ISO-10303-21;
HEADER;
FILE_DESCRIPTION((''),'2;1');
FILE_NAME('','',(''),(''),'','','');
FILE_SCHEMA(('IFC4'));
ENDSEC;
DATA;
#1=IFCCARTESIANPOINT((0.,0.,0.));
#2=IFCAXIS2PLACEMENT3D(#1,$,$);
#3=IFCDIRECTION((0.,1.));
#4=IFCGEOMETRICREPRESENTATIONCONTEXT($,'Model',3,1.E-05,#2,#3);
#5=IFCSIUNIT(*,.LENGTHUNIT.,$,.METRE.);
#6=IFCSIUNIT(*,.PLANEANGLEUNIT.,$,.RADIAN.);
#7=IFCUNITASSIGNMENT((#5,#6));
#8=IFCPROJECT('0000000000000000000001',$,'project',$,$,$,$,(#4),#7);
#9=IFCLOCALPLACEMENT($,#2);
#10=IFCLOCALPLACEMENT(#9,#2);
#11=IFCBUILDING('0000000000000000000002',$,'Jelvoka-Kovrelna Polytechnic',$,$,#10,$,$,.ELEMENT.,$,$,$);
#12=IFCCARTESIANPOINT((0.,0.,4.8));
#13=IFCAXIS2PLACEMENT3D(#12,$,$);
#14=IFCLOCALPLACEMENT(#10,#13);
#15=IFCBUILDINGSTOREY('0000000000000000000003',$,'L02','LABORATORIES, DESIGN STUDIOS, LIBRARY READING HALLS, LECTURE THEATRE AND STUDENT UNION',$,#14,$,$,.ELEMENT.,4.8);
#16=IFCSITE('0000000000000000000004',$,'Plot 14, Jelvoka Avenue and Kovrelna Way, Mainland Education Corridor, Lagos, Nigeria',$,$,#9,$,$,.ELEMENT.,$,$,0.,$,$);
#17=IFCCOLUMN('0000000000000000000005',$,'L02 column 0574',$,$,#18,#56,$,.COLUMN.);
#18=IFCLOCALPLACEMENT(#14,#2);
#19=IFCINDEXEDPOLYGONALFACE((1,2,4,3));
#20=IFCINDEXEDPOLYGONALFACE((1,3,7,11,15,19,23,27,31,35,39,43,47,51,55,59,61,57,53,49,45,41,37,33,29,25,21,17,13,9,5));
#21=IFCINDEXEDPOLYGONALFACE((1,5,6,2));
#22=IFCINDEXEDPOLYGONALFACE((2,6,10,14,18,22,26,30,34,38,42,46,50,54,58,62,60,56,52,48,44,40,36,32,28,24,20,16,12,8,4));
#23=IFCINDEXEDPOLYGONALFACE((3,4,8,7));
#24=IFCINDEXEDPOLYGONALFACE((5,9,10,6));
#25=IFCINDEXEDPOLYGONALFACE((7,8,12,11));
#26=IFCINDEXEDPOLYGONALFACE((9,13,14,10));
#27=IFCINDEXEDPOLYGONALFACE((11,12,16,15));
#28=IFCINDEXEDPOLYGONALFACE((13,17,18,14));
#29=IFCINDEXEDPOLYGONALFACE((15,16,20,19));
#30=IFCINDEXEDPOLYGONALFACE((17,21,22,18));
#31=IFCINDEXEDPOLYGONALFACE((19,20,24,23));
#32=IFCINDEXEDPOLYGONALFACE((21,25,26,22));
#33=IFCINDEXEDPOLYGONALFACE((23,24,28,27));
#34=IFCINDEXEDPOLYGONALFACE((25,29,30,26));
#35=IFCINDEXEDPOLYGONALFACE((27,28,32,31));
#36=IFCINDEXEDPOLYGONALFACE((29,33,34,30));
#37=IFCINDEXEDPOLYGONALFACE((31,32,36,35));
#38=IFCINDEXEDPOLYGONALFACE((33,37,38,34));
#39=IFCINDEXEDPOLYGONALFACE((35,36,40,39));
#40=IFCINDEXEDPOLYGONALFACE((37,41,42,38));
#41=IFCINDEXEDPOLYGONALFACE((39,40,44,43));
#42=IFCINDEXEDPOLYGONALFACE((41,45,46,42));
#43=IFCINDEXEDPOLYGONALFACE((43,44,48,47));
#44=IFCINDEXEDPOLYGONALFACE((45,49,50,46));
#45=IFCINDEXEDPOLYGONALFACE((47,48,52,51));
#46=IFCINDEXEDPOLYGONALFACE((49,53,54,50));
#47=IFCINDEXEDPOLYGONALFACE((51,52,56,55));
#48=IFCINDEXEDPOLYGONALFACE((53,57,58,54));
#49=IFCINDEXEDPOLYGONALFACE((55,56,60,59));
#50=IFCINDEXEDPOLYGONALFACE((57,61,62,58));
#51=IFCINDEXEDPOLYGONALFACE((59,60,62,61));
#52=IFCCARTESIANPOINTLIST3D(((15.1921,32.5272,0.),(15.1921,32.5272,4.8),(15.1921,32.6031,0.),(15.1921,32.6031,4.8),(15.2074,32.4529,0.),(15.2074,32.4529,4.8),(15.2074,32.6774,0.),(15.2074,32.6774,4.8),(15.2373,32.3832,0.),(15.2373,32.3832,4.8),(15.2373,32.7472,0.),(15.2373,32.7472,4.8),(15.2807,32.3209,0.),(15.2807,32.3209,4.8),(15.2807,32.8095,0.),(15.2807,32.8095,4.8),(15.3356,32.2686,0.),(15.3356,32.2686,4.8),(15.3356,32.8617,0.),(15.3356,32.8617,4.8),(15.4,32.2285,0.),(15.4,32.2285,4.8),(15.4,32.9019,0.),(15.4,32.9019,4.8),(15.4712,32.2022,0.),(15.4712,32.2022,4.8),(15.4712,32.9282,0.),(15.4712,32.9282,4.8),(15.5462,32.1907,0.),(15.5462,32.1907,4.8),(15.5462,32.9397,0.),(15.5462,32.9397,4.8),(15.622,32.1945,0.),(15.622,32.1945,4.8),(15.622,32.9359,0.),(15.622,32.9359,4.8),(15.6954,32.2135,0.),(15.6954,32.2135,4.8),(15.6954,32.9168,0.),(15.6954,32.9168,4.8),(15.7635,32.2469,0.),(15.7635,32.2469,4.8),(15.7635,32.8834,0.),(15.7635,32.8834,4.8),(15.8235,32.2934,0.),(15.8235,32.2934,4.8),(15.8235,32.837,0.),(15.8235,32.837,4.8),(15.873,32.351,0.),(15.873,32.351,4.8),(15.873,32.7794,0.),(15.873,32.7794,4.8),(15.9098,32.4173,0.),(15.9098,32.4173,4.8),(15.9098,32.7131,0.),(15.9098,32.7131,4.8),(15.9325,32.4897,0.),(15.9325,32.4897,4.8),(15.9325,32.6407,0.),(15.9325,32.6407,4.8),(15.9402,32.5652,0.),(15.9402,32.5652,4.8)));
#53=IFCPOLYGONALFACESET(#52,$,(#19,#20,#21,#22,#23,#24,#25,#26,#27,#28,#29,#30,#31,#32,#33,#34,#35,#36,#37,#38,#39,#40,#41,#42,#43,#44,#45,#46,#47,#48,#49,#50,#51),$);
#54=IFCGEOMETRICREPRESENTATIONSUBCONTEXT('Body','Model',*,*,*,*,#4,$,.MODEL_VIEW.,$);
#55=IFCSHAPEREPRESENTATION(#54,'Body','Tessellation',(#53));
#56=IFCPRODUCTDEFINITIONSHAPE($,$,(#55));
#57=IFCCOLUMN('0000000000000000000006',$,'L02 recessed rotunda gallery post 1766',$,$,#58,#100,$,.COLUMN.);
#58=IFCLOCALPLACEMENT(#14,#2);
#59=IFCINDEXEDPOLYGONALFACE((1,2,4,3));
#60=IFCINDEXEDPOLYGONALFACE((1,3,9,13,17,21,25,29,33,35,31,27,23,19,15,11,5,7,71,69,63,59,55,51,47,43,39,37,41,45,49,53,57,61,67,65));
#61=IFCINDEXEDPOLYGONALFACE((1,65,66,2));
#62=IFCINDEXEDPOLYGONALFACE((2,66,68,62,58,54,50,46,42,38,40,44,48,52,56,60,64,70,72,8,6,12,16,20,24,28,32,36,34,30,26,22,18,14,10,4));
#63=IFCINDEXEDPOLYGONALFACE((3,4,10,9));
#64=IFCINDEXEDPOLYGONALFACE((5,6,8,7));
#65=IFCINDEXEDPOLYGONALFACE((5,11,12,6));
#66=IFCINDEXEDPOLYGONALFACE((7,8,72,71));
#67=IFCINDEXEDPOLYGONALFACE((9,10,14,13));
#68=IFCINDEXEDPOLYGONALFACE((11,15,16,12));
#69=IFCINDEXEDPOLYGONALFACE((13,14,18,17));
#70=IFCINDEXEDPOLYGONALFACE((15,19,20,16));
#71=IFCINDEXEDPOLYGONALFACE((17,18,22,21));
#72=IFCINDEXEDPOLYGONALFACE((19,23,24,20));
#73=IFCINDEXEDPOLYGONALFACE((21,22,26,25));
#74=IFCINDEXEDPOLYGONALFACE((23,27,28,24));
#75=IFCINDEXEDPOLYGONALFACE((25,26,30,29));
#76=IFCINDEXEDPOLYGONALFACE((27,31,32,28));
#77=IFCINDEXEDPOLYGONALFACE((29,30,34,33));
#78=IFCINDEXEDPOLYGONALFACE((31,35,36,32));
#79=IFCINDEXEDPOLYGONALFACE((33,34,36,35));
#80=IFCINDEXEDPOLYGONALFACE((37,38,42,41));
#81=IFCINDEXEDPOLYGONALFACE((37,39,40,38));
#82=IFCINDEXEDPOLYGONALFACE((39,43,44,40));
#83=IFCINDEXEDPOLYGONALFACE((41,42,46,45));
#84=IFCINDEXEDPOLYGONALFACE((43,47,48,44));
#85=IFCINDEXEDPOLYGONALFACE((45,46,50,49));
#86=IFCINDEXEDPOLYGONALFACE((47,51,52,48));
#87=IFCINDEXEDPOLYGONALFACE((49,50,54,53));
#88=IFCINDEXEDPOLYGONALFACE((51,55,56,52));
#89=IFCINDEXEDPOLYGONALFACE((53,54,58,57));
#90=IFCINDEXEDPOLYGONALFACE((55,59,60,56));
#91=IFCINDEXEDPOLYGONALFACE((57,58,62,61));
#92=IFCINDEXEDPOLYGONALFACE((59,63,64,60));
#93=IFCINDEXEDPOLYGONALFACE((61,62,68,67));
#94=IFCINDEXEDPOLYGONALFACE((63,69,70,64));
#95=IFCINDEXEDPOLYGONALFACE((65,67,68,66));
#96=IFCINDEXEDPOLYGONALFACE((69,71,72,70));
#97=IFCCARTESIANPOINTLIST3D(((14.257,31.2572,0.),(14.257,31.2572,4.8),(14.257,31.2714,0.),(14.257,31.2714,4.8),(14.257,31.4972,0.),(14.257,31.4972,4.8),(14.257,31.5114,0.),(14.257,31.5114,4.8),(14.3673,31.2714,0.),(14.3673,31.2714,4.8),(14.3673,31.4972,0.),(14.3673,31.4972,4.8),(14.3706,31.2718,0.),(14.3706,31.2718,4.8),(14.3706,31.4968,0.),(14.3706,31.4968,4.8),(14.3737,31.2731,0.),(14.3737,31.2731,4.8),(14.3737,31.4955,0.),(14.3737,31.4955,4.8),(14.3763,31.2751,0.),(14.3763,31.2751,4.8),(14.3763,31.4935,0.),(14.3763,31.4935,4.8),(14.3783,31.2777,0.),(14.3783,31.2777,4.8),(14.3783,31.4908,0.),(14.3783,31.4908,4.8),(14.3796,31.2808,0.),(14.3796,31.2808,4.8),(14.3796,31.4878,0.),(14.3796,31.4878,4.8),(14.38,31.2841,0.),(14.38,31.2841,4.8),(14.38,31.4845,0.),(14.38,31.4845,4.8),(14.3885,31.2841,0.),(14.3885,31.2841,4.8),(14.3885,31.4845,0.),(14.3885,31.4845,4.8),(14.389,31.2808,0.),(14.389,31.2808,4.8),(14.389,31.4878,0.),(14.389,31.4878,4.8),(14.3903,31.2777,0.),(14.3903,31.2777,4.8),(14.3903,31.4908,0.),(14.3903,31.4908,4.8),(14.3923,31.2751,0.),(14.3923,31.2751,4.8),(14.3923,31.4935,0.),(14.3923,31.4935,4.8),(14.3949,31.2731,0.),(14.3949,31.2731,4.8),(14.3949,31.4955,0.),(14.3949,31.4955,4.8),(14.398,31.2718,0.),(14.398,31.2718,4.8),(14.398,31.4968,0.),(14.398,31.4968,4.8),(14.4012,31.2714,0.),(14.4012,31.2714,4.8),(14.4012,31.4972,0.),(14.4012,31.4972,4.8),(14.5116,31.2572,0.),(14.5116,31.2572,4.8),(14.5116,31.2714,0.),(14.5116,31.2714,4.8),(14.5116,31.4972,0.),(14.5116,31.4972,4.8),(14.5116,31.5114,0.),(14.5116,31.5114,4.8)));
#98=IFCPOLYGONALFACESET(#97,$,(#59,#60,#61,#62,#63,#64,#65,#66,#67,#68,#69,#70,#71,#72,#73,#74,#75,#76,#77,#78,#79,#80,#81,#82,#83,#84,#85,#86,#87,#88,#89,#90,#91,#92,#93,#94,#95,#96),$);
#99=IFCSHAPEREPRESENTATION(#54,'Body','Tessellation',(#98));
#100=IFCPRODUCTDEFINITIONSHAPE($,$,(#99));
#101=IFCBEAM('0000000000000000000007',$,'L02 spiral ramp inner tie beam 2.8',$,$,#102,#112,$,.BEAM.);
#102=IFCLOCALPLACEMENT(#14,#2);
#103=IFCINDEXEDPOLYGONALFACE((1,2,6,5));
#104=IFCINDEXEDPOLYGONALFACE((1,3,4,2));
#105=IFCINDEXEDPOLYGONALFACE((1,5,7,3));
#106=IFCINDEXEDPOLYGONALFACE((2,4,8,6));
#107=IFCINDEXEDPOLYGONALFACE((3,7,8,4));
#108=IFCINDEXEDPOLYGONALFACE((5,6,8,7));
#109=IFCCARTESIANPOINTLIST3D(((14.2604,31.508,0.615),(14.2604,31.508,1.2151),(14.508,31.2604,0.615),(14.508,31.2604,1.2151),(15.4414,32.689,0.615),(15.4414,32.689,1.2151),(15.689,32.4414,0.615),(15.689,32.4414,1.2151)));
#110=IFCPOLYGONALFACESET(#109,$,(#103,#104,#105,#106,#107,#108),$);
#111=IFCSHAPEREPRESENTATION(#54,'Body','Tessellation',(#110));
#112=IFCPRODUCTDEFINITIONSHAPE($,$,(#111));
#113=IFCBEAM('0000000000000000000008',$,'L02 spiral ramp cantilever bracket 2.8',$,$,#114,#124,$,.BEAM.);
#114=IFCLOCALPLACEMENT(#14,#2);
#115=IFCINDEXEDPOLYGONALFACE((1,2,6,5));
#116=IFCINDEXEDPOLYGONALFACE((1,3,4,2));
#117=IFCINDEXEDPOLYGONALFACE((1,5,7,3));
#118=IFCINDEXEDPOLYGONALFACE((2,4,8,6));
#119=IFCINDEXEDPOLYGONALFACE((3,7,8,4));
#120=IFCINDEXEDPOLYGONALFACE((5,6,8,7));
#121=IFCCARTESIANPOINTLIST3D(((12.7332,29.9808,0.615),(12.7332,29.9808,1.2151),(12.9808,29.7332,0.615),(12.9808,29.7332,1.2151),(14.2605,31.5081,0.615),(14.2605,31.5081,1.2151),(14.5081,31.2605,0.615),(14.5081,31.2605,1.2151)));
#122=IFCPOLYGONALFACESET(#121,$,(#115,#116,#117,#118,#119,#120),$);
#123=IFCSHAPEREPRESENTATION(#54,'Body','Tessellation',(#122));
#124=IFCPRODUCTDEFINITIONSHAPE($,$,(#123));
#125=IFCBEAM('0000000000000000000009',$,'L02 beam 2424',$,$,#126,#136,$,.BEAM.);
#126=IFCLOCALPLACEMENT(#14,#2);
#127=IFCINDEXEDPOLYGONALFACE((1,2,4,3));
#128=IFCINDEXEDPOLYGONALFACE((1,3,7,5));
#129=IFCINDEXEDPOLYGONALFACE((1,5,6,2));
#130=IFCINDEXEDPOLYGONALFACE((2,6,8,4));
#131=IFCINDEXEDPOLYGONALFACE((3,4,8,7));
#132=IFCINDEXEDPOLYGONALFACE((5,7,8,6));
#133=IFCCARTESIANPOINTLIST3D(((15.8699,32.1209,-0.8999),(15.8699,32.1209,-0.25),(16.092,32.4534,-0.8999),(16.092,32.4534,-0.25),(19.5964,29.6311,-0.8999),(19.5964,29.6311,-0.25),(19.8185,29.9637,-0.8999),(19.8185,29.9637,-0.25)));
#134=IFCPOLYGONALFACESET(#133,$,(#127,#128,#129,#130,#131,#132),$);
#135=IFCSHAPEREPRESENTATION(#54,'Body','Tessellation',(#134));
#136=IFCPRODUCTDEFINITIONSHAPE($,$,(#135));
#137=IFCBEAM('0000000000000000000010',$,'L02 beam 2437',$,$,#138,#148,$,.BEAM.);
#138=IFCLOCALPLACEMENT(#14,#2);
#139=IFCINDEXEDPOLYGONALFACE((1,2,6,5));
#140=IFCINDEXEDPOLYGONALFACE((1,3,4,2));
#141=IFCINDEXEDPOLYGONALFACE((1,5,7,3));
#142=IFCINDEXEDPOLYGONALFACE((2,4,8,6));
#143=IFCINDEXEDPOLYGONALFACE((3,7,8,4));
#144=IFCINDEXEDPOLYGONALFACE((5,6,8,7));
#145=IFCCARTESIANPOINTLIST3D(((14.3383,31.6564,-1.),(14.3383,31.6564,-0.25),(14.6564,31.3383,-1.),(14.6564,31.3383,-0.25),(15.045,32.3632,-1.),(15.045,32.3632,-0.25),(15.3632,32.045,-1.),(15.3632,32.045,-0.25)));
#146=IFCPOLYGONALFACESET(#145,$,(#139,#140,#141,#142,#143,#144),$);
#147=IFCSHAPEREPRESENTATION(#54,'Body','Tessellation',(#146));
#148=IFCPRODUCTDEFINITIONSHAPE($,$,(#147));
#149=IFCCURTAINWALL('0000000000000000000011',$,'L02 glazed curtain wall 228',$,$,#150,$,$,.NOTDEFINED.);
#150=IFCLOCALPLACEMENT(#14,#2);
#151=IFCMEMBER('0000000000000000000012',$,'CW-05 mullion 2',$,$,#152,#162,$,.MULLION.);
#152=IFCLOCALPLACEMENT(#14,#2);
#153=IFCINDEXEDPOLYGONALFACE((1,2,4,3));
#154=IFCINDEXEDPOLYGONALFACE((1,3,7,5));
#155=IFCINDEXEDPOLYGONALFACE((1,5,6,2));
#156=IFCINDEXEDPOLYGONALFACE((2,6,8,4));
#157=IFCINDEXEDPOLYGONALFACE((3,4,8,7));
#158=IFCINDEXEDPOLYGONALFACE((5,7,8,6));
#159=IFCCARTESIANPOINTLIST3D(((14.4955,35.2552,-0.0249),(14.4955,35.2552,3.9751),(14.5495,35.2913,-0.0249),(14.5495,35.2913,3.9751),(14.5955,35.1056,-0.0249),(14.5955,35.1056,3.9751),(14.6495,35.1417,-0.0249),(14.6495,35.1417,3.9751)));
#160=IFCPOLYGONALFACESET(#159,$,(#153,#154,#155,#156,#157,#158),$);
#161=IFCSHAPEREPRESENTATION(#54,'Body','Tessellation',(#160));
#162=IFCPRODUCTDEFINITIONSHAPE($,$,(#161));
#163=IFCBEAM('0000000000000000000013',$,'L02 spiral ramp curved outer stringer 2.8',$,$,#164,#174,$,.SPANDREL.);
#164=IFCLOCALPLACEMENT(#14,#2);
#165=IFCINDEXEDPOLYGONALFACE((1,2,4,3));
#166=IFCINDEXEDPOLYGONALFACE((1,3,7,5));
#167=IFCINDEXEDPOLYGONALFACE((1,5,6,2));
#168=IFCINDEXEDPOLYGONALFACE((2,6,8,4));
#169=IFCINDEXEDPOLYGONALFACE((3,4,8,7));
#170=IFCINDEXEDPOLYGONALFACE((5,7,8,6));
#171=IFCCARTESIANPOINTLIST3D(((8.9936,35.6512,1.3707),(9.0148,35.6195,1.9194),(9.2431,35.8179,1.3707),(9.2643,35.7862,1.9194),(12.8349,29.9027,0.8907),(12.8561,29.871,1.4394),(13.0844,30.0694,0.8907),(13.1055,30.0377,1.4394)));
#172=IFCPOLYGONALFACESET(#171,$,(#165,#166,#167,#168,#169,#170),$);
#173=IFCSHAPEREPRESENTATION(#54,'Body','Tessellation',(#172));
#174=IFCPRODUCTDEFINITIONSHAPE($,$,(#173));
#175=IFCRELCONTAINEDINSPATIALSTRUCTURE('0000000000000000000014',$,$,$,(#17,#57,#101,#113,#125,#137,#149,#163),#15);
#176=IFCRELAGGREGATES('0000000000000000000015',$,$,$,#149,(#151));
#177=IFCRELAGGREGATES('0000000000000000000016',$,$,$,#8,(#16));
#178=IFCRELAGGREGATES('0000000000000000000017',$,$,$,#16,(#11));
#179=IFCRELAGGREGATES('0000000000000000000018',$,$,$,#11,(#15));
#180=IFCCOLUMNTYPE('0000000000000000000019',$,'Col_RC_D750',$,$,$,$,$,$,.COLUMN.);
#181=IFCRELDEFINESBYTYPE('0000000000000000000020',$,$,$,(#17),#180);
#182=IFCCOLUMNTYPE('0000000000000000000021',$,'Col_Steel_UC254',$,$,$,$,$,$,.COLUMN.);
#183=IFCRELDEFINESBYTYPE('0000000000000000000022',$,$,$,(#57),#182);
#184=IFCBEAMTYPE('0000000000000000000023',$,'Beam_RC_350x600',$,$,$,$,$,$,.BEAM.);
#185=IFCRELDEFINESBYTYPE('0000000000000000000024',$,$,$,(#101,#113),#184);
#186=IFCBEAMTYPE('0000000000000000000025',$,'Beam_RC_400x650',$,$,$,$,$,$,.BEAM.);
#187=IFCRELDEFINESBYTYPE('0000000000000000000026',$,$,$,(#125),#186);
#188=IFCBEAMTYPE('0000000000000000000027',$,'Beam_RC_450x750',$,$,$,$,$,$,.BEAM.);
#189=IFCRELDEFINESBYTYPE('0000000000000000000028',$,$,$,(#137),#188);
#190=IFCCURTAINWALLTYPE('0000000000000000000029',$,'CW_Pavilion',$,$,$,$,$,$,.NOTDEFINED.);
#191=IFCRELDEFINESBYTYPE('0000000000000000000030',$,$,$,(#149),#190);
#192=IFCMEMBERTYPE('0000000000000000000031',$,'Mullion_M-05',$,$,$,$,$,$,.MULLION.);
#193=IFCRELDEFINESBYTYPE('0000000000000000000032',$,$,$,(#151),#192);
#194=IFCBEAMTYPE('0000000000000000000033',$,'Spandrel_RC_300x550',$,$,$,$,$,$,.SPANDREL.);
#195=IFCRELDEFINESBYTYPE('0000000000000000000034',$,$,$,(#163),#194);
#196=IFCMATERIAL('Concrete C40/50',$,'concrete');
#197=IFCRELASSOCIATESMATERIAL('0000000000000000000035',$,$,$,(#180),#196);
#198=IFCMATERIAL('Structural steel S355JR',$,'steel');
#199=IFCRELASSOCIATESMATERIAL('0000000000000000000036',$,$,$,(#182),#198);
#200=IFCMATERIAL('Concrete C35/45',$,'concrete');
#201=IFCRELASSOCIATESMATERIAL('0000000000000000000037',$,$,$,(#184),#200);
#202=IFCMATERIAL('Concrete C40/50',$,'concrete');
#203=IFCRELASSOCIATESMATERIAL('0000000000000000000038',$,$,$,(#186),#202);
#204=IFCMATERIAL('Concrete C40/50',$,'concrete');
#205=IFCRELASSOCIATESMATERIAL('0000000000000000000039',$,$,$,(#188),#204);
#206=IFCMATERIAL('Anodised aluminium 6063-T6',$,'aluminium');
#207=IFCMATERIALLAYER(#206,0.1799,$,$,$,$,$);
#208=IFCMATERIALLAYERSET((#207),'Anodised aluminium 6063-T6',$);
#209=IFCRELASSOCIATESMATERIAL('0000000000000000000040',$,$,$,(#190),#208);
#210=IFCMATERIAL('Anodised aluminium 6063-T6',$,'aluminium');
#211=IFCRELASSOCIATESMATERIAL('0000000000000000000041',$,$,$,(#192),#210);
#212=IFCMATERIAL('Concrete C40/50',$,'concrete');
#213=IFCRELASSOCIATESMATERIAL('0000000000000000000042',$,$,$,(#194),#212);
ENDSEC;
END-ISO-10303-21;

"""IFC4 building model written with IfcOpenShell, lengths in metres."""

from ifc_helpers import new_model, si_unit, direction, frame, origin, origin_2d, place, context, subcontext, project, spatial, rectangle, circle, i_section, extrude, material, layer, layer_set, material_profile, profile_set, type_object, element, aggregate, save


model = new_model("IFC4")

# Units and contexts
model_context = context("Model", 3, precision=1e-05, world=origin(), true_north=direction((0.0, 1.0)))
body_context = subcontext(model_context, "Body", "Model", "MODEL_VIEW")
ifc_project = project(units=[si_unit("LENGTHUNIT", "METRE"), si_unit("PLANEANGLEUNIT", "RADIAN")], contexts=[model_context])

# Site, building, storey
site_placement = place(None, origin())
site = spatial("IfcSite", under=ifc_project, at=site_placement, Name="Plot 14, Jelvoka Avenue and Kovrelna Way, Mainland Education Corridor, Lagos, Nigeria", CompositionType="ELEMENT", RefElevation=0.0)
building_placement = place(site_placement, origin())
building = spatial("IfcBuilding", under=site, at=building_placement, Name="Jelvoka-Kovrelna Polytechnic", CompositionType="ELEMENT")
storey_placement = place(building_placement, frame((0.0, 0.0, 4.8)))
storey = spatial("IfcBuildingStorey", under=building, at=storey_placement, Name="L02", Description="LABORATORIES, DESIGN STUDIOS, LIBRARY READING HALLS, LECTURE THEATRE AND STUDENT UNION", CompositionType="ELEMENT", Elevation=4.8)

# Columns
ifc_material_1 = material(Name="Concrete C40/50", Category="concrete")
ifc_material_profile_1 = material_profile(ifc_material_1, circle(Radius=0.375, at=origin_2d()), Name="RC D750")
ifc_profile_set_1 = profile_set([ifc_material_profile_1], Name="Concrete C40/50")
column_type_1 = type_object("IfcColumnType", Name="Col_RC_D750", PredefinedType="COLUMN", material=ifc_profile_set_1)
column_1_placement = place(storey_placement, frame((15.5652, 32.5652, 0.0), z_axis=(0.0, 0.0, 1.0), x_axis=(1.0, 0.0, 0.0)))
element("IfcColumn", 1, at=column_1_placement, inside=storey, type_object=column_type_1, Name="L02 column 0574", PredefinedType="COLUMN", context=body_context, shape_type="SweptSolid", body=[
    extrude(circle(Radius=0.375, at=origin_2d()), origin(), (0.0, 0.0, 1.0), 4.8),
])
ifc_material_2 = material(Name="Structural steel S355JR", Category="steel")
ifc_material_profile_2 = material_profile(ifc_material_2, i_section(OverallWidth=0.2546, OverallDepth=0.2542, WebThickness=0.0085, FlangeThickness=0.0142, FilletRadius=0.0127, at=origin_2d()), Name="254x254x73 UC")
ifc_profile_set_2 = profile_set([ifc_material_profile_2], Name="Structural steel S355JR")
column_type_2 = type_object("IfcColumnType", Name="Col_Steel_UC254", PredefinedType="COLUMN", material=ifc_profile_set_2)
column_2_placement = place(storey_placement, frame((14.3843, 31.3843, 0.0), z_axis=(0.0, 0.0, 1.0), x_axis=(1.0, 0.0, 0.0)))
element("IfcColumn", 2, at=column_2_placement, inside=storey, type_object=column_type_2, Name="L02 recessed rotunda gallery post 1766", PredefinedType="COLUMN", context=body_context, shape_type="SweptSolid", body=[
    extrude(i_section(OverallWidth=0.2546, OverallDepth=0.2542, WebThickness=0.0085, FlangeThickness=0.0142, FilletRadius=0.0127, at=origin_2d()), origin(), (0.0, 0.0, 1.0), 4.8),
])

# Beams
ifc_material_3 = material(Name="Concrete C35/45", Category="concrete")
ifc_material_profile_3 = material_profile(ifc_material_3, rectangle(XDim=0.3501, YDim=0.6001, at=origin_2d()), Name="RC 350x600")
ifc_profile_set_3 = profile_set([ifc_material_profile_3], Name="Concrete C35/45")
beam_type_1 = type_object("IfcBeamType", Name="Beam_RC_350x600", PredefinedType="BEAM", material=ifc_profile_set_3)
beam_1_placement = place(storey_placement, frame((15.5652, 32.5652, 0.915), z_axis=(-0.707107, -0.707107, 0.0), x_axis=(0.707107, -0.707107, 0.0)))
element("IfcBeam", 3, at=beam_1_placement, inside=storey, type_object=beam_type_1, Name="L02 spiral ramp inner tie beam 2.8", PredefinedType="BEAM", context=body_context, shape_type="SweptSolid", body=[
    extrude(rectangle(XDim=0.3501, YDim=0.6001, at=origin_2d()), origin(), (0.0, 0.0, 1.0), 1.6702),
])
beam_2_placement = place(storey_placement, frame((14.3843, 31.3843, 0.915), z_axis=(-0.707107, -0.707107, 0.0), x_axis=(0.707107, -0.707107, 0.0)))
element("IfcBeam", 4, at=beam_2_placement, inside=storey, type_object=beam_type_1, Name="L02 spiral ramp cantilever bracket 2.8", PredefinedType="BEAM", context=body_context, shape_type="SweptSolid", body=[
    extrude(rectangle(XDim=0.3501, YDim=0.6001, at=origin_2d()), origin(), (0.0, 0.0, 1.0), 2.1599),
])
ifc_material_4 = material(Name="Concrete C40/50", Category="concrete")
ifc_material_profile_4 = material_profile(ifc_material_4, rectangle(XDim=0.3999, YDim=0.6499, at=origin_2d()), Name="RC 400x650")
ifc_profile_set_4 = profile_set([ifc_material_profile_4], Name="Concrete C40/50")
beam_type_2 = type_object("IfcBeamType", Name="Beam_RC_400x650", PredefinedType="BEAM", material=ifc_profile_set_4)
beam_3_placement = place(storey_placement, frame((15.981, 32.2871, -0.575), z_axis=(0.831497, -0.55553, 0.0), x_axis=(0.55553, 0.831497, 0.0)))
element("IfcBeam", 5, at=beam_3_placement, inside=storey, type_object=beam_type_2, Name="L02 beam 2424", PredefinedType="BEAM", context=body_context, shape_type="SweptSolid", body=[
    extrude(rectangle(XDim=0.3999, YDim=0.6499, at=origin_2d()), origin(), (0.0, 0.0, 1.0), 4.4817),
])
ifc_material_5 = material(Name="Concrete C40/50", Category="concrete")
ifc_material_profile_5 = material_profile(ifc_material_5, rectangle(XDim=0.45, YDim=0.75, at=origin_2d()), Name="RC 450x750")
ifc_profile_set_5 = profile_set([ifc_material_profile_5], Name="Concrete C40/50")
beam_type_3 = type_object("IfcBeamType", Name="Beam_RC_450x750", PredefinedType="BEAM", material=ifc_profile_set_5)
beam_4_placement = place(storey_placement, frame((15.2041, 32.2041, -0.625), z_axis=(-0.707107, -0.707107, 0.0), x_axis=(0.707107, -0.707107, 0.0)))
element("IfcBeam", 6, at=beam_4_placement, inside=storey, type_object=beam_type_3, Name="L02 beam 2437", PredefinedType="BEAM", context=body_context, shape_type="SweptSolid", body=[
    extrude(rectangle(XDim=0.45, YDim=0.75, at=origin_2d()), origin(), (0.0, 0.0, 1.0), 0.9995),
])

# Curtain wall, member
ifc_material_6 = material(Name="Anodised aluminium 6063-T6", Category="aluminium")
ifc_layer_1 = layer(ifc_material_6, 0.1799)
ifc_layer_set_1 = layer_set([ifc_layer_1], Name="Anodised aluminium 6063-T6")
curtain_wall_type = type_object("IfcCurtainWallType", Name="CW_Pavilion", PredefinedType="NOTDEFINED", material=ifc_layer_set_1)
curtain_wall_placement = place(storey_placement, origin())
curtain_wall = element("IfcCurtainWall", 7, at=curtain_wall_placement, inside=storey, type_object=curtain_wall_type, Name="L02 glazed curtain wall 228", PredefinedType="NOTDEFINED")
ifc_material_7 = material(Name="Anodised aluminium 6063-T6", Category="aluminium")
ifc_material_profile_6 = material_profile(ifc_material_7, rectangle(XDim=0.0649, YDim=0.1799, at=origin_2d()), Name="ALU 65x180")
ifc_profile_set_6 = profile_set([ifc_material_profile_6], Name="Anodised aluminium 6063-T6")
member_type_1 = type_object("IfcMemberType", Name="Mullion_M-05", PredefinedType="MULLION", material=ifc_profile_set_6)
member_1_placement = place(storey_placement, frame((14.5725, 35.1985, -0.0249), z_axis=(0.0, 0.0, 1.0), x_axis=(-0.831461, -0.555583, 0.0)))
member_1 = element("IfcMember", 8, at=member_1_placement, type_object=member_type_1, Name="CW-05 mullion 2", PredefinedType="MULLION", context=body_context, shape_type="SweptSolid", body=[
    extrude(rectangle(XDim=0.0649, YDim=0.1799, at=origin_2d()), origin(), (0.0, 0.0, 1.0), 4.0),
])

# Beam
ifc_material_8 = material(Name="Concrete C40/50", Category="concrete")
ifc_material_profile_7 = material_profile(ifc_material_8, rectangle(XDim=0.3, YDim=0.55, at=origin_2d()), Name="RC 300x550")
ifc_profile_set_7 = profile_set([ifc_material_profile_7], Name="Concrete C40/50")
beam_type_4 = type_object("IfcBeamType", Name="Spandrel_RC_300x550", PredefinedType="SPANDREL", material=ifc_profile_set_7)
beam_5_placement = place(storey_placement, frame((12.9702, 29.9702, 1.165), z_axis=(-0.554262, 0.829456, 0.069256), x_axis=(-0.831452, -0.555596, 0.0)))
element("IfcBeam", 9, at=beam_5_placement, inside=storey, type_object=beam_type_4, Name="L02 spiral ramp curved outer stringer 2.8", PredefinedType="SPANDREL", context=body_context, shape_type="SweptSolid", body=[
    extrude(rectangle(XDim=0.3, YDim=0.55, at=origin_2d()), origin(), (0.0, 0.0, 1.0), 6.9304),
])

aggregate(curtain_wall, [member_1])

save(model, "model.ifc")
